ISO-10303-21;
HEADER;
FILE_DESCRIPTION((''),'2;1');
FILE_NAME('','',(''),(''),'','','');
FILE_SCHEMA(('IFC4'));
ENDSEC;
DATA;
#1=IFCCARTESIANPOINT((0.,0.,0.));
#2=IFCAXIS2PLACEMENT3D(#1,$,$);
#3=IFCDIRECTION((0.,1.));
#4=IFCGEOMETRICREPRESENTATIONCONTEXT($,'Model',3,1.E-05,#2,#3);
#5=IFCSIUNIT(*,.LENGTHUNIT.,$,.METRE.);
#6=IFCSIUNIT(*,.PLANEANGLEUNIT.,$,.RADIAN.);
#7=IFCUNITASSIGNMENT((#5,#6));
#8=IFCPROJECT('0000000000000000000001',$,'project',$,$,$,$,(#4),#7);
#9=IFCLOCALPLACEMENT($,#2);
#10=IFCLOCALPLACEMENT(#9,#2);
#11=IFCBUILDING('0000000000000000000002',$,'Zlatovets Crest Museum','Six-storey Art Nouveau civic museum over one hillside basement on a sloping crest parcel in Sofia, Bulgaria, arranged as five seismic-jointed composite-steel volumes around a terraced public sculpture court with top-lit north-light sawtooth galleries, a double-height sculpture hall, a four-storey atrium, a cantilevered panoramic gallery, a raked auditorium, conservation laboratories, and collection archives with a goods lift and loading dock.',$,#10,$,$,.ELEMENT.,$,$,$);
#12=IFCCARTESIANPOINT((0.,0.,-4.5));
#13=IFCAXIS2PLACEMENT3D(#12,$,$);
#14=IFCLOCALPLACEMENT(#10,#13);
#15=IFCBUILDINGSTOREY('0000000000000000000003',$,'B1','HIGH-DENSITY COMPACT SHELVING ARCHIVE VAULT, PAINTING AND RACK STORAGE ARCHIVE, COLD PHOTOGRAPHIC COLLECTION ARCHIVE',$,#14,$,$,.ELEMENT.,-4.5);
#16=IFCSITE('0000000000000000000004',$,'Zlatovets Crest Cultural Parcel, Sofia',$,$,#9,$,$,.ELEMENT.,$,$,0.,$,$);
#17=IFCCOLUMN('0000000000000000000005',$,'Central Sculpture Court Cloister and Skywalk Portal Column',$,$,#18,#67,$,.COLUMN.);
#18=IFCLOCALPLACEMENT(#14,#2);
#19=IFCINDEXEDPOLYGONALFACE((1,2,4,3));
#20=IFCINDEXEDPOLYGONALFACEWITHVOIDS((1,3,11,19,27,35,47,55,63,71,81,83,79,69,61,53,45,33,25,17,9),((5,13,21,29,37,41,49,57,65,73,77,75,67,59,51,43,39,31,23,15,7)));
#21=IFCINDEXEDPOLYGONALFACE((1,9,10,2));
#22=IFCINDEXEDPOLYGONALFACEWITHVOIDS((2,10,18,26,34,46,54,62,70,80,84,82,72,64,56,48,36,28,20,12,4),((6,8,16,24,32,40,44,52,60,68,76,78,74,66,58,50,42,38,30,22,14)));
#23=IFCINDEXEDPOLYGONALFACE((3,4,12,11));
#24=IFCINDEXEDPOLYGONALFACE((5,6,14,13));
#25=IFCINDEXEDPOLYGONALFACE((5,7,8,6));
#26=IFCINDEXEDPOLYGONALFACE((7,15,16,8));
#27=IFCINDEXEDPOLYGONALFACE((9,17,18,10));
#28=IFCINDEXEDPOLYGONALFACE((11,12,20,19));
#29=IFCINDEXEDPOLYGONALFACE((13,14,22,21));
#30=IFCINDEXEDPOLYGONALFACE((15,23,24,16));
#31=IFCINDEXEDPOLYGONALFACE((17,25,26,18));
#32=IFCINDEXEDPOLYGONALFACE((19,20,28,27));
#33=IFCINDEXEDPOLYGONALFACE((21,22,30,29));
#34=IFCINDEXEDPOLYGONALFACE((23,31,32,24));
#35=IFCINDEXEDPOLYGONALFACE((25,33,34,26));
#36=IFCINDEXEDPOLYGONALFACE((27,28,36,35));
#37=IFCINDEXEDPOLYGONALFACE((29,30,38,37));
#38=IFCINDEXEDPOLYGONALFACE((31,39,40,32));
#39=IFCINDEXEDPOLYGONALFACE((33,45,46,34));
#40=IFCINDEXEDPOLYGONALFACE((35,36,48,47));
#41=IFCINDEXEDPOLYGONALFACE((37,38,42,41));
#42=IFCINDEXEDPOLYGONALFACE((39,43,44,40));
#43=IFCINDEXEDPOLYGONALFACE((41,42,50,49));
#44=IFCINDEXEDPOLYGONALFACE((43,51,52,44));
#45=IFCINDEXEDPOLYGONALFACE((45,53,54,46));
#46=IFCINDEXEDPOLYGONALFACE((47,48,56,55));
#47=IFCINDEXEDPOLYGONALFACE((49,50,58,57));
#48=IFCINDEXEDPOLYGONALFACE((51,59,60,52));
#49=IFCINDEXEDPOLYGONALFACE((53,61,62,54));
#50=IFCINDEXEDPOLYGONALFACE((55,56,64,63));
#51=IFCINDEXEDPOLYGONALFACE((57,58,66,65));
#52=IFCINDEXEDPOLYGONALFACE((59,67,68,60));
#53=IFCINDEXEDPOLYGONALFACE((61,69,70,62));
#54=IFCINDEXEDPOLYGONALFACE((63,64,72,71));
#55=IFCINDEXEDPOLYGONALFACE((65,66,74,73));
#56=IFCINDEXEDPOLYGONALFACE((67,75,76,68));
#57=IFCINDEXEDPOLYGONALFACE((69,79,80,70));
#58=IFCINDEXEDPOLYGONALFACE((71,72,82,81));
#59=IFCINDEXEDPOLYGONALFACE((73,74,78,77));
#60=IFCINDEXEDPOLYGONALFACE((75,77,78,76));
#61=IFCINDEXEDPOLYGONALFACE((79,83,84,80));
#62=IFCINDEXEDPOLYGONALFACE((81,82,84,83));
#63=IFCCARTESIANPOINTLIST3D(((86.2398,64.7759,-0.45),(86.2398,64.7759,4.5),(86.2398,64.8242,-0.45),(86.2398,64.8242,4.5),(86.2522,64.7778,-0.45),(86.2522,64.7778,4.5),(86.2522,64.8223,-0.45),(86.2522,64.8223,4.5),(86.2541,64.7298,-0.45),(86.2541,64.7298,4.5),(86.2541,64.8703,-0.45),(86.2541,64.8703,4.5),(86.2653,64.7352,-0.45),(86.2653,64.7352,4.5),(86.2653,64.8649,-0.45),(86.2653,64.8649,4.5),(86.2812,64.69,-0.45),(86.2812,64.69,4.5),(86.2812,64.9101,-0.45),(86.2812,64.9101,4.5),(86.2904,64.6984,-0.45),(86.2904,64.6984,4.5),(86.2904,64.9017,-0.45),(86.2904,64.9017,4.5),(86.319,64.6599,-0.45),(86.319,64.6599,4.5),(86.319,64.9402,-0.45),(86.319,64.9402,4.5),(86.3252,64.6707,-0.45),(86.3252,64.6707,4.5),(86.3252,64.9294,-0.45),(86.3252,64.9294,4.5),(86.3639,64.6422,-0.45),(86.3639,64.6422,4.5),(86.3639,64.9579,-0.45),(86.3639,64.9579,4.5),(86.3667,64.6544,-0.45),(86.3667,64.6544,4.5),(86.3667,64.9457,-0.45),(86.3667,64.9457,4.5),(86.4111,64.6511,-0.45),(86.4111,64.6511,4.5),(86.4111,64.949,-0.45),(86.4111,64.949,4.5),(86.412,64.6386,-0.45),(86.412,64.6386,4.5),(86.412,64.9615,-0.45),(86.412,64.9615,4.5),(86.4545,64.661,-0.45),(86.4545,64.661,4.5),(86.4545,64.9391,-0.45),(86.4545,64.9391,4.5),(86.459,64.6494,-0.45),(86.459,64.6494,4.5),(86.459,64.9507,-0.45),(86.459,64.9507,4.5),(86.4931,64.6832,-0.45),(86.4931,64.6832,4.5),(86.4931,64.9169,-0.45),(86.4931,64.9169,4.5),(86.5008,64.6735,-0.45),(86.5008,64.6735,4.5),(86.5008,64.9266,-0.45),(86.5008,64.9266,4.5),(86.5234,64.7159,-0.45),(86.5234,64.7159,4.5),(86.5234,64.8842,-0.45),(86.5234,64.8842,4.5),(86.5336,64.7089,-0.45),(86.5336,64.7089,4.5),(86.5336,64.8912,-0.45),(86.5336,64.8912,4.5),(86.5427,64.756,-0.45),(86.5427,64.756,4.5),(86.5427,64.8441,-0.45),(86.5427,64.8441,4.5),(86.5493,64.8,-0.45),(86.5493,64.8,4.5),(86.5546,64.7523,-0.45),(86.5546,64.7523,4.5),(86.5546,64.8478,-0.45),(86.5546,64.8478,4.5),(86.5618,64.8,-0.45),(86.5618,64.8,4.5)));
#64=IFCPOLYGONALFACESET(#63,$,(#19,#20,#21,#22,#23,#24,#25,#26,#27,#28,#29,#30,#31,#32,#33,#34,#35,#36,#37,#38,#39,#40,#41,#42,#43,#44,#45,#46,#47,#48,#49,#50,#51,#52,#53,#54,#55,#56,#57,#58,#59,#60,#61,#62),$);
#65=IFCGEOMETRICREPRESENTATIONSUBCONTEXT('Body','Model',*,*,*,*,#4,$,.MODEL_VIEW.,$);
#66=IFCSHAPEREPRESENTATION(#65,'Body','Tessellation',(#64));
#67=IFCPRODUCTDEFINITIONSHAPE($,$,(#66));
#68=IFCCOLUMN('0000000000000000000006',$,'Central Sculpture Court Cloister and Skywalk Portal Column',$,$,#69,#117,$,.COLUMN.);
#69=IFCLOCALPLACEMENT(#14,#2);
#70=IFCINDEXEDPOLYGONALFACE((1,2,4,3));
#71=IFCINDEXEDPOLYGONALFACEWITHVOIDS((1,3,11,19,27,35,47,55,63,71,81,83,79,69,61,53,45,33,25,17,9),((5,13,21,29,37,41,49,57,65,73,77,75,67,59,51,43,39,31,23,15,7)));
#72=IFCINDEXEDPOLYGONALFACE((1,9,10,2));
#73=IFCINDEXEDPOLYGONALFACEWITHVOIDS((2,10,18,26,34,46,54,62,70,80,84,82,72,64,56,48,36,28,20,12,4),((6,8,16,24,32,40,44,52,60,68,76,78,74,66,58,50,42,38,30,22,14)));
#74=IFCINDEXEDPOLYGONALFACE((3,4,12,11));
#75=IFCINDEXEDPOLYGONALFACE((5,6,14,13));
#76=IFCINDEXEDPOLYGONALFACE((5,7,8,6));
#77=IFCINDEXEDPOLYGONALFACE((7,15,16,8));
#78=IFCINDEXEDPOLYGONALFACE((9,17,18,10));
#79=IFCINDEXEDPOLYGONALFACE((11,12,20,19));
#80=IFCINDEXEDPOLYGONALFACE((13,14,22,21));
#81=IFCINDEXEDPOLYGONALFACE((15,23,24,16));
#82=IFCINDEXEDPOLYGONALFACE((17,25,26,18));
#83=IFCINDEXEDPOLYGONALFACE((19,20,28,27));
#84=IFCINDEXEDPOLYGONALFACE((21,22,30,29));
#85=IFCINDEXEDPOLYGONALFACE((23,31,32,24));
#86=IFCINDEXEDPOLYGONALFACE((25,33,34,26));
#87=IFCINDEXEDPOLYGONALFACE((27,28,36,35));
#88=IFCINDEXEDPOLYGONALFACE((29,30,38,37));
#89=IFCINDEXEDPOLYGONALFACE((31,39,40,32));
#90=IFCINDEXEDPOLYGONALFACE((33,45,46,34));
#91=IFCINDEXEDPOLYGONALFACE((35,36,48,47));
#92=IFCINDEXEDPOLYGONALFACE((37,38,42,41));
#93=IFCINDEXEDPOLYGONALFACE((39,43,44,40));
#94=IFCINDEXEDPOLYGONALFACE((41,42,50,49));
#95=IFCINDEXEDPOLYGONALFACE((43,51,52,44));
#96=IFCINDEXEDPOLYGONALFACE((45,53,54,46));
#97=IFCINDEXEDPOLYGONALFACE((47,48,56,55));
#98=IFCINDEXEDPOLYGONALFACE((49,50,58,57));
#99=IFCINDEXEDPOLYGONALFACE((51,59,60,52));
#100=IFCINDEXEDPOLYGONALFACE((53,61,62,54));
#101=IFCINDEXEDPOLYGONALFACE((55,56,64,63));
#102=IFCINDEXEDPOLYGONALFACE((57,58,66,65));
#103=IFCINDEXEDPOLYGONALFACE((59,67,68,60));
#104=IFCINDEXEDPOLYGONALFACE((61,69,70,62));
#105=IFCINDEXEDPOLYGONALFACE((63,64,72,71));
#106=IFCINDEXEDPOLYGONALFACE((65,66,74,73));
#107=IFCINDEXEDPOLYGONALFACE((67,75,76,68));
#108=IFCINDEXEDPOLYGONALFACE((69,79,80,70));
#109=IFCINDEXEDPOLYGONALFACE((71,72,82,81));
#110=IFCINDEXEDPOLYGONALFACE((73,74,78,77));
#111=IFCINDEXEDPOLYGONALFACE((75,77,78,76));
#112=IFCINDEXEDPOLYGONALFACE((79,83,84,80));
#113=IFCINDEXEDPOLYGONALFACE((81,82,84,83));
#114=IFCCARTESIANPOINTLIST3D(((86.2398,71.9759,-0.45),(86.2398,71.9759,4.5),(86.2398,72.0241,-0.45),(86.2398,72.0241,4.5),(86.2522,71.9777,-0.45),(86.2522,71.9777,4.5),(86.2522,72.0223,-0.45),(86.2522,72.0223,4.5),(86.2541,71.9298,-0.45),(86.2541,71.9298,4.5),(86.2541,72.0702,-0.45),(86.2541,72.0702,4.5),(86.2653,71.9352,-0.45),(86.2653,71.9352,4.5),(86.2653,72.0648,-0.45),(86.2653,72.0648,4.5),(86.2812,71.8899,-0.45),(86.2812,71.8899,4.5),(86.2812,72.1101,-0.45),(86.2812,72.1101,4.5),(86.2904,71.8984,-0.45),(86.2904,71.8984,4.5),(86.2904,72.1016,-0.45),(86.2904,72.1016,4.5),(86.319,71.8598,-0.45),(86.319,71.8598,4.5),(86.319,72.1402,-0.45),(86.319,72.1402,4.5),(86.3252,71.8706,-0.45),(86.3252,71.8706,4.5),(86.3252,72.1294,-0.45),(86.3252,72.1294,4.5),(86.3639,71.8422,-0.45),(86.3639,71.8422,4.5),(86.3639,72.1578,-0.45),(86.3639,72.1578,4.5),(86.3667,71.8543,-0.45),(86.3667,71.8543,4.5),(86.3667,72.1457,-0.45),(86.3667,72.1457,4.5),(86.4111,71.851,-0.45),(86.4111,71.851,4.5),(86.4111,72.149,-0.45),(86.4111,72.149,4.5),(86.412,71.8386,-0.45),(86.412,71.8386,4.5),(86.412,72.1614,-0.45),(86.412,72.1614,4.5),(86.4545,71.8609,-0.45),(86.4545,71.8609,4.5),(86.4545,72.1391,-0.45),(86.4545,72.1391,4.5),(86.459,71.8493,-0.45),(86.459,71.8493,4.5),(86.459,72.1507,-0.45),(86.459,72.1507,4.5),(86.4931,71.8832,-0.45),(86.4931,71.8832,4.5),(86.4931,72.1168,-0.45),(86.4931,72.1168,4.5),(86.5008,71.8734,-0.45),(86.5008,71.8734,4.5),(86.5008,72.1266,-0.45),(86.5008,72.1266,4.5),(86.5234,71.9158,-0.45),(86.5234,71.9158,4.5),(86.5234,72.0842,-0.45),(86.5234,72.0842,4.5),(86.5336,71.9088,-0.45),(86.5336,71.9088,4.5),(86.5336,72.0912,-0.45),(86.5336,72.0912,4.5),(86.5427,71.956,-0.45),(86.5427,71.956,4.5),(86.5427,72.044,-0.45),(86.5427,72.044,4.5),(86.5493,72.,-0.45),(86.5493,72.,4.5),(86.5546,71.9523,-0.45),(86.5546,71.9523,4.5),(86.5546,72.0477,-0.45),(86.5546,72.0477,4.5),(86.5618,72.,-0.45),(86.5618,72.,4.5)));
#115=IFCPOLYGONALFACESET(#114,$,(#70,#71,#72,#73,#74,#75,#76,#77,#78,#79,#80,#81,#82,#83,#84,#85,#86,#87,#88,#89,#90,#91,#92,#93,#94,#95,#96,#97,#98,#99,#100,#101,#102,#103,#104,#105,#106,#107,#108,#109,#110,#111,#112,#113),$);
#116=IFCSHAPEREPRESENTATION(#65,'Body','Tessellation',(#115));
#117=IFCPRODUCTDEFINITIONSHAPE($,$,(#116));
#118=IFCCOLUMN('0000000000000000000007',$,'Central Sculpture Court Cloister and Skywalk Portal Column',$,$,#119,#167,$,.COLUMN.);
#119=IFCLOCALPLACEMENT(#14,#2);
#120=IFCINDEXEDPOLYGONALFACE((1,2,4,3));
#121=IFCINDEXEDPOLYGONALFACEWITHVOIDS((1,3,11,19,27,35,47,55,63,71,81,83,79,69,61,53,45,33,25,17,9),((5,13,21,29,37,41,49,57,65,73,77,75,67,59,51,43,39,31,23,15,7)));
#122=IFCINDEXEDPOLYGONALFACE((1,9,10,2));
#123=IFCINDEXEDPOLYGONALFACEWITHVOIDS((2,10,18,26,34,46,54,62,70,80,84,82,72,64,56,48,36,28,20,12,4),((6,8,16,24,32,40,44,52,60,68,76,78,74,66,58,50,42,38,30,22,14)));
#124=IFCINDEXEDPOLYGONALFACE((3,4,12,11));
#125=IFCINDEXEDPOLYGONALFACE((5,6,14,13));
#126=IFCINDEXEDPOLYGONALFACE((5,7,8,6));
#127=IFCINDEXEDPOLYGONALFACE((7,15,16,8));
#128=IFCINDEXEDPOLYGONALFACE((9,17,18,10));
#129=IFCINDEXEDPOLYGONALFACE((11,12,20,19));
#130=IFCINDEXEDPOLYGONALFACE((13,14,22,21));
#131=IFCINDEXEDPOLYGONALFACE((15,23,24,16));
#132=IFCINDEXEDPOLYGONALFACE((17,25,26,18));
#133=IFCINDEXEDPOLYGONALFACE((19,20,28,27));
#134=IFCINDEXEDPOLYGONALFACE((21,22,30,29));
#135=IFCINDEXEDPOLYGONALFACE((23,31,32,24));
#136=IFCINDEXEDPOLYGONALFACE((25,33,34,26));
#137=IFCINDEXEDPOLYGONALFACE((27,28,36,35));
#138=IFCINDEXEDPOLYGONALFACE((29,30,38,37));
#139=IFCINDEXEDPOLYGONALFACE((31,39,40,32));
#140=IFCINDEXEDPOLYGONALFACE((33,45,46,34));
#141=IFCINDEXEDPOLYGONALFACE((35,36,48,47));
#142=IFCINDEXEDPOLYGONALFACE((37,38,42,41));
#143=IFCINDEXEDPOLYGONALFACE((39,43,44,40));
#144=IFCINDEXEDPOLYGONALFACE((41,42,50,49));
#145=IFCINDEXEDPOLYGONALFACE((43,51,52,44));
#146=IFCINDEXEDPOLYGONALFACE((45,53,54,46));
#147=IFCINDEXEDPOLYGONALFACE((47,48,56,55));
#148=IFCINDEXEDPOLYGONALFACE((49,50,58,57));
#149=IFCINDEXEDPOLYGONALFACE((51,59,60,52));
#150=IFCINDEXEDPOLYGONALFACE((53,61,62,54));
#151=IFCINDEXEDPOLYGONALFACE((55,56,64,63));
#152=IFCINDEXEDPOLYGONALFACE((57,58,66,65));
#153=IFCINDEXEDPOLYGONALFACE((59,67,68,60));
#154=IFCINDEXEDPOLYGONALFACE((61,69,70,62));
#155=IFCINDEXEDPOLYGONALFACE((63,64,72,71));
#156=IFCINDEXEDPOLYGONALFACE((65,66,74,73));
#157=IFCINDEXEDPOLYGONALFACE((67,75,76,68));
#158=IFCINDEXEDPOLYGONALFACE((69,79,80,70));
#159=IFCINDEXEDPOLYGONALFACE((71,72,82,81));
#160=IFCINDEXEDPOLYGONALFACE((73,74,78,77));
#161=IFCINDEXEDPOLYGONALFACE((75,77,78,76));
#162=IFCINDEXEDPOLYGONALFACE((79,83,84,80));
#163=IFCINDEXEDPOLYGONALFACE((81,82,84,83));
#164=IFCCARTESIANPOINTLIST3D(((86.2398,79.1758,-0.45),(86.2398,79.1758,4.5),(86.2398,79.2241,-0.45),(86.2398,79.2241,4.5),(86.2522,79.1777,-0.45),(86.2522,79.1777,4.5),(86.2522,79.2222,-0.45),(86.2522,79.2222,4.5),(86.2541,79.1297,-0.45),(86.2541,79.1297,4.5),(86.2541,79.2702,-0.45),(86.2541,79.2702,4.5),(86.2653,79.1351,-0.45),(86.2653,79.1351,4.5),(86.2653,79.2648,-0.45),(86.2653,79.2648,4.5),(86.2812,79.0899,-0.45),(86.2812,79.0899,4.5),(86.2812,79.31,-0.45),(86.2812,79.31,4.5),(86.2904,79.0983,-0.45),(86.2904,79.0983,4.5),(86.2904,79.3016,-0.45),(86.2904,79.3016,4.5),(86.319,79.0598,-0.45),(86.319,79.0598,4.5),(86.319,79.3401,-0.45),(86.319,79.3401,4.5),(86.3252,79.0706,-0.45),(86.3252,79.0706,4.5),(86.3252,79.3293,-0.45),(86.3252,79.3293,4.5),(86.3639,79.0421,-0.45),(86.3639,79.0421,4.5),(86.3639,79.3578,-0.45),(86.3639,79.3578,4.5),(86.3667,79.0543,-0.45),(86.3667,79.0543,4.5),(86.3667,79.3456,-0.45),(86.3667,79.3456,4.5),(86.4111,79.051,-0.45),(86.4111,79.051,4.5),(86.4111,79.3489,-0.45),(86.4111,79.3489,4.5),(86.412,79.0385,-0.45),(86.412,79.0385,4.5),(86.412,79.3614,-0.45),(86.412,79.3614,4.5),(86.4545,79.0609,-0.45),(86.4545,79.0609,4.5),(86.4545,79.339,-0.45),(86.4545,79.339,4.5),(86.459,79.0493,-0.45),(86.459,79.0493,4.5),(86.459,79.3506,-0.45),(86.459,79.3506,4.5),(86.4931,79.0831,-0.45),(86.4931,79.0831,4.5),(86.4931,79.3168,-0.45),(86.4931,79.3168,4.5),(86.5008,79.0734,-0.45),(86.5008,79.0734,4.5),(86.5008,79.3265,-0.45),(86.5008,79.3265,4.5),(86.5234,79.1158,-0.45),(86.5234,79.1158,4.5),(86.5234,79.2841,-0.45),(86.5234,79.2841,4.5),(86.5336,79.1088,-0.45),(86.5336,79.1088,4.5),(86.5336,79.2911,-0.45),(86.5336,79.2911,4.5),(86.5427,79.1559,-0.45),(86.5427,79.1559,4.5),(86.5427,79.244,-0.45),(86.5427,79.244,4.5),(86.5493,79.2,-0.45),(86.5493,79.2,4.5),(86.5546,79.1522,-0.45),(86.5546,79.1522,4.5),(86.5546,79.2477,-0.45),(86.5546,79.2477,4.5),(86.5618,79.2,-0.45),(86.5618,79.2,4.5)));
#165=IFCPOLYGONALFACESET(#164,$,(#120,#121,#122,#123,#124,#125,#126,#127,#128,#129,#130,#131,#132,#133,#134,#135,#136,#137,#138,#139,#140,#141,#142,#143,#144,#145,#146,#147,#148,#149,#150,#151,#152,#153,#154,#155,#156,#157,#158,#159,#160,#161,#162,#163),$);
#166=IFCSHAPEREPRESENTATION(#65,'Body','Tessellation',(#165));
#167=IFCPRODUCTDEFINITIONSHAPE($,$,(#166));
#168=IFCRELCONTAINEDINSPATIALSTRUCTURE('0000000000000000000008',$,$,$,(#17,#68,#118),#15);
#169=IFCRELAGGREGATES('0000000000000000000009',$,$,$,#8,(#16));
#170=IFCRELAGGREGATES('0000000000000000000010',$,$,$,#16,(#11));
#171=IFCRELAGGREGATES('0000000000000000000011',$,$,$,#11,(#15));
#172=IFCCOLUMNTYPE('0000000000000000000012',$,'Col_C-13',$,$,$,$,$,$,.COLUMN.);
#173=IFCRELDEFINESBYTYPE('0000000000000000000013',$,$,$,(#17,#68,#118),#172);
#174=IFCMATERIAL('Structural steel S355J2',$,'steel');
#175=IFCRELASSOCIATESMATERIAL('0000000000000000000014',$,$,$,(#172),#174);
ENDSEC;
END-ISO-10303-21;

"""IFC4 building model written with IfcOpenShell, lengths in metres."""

from ifc_helpers import new_model, si_unit, direction, frame, origin, origin_2d, place, context, subcontext, project, spatial, hollow_circle, extrude, material, material_profile, profile_set, type_object, element, save


model = new_model("IFC4")

# Units and contexts
model_context = context("Model", 3, precision=1e-05, world=origin(), true_north=direction((0.0, 1.0)))
body_context = subcontext(model_context, "Body", "Model", "MODEL_VIEW")
ifc_project = project(units=[si_unit("LENGTHUNIT", "METRE"), si_unit("PLANEANGLEUNIT", "RADIAN")], contexts=[model_context])

# Site, building, storey
site_placement = place(None, origin())
site = spatial("IfcSite", under=ifc_project, at=site_placement, Name="Zlatovets Crest Cultural Parcel, Sofia", CompositionType="ELEMENT", RefElevation=0.0)
building_placement = place(site_placement, origin())
building = spatial("IfcBuilding", under=site, at=building_placement, Name="Zlatovets Crest Museum", Description="Six-storey Art Nouveau civic museum over one hillside basement on a sloping crest parcel in Sofia, Bulgaria, arranged as five seismic-jointed composite-steel volumes around a terraced public sculpture court with top-lit north-light sawtooth galleries, a double-height sculpture hall, a four-storey atrium, a cantilevered panoramic gallery, a raked auditorium, conservation laboratories, and collection archives with a goods lift and loading dock.", CompositionType="ELEMENT")
storey_placement = place(building_placement, frame((0.0, 0.0, -4.5)))
storey = spatial("IfcBuildingStorey", under=building, at=storey_placement, Name="B1", Description="HIGH-DENSITY COMPACT SHELVING ARCHIVE VAULT, PAINTING AND RACK STORAGE ARCHIVE, COLD PHOTOGRAPHIC COLLECTION ARCHIVE", CompositionType="ELEMENT", Elevation=-4.5)

# Columns
ifc_material_1 = material(Name="Structural steel S355J2", Category="steel")
ifc_material_profile_1 = material_profile(ifc_material_1, hollow_circle(Radius=0.1619, WallThickness=0.0125, at=origin_2d()), Name="CHS 323.9x12.5")
ifc_profile_set_1 = profile_set([ifc_material_profile_1], Name="Structural steel S355J2")
column_type = type_object("IfcColumnType", Name="Col_C-13", PredefinedType="COLUMN", material=ifc_profile_set_1)
for number, where, z_axis, x_axis, name in (
    (1, (86.3999, 64.8, -0.45), (0.0, 0.0, 1.0), (1.0, 0.0, 0.0), "Central Sculpture Court Cloister and Skywalk Portal Column"),
    (2, (86.3999, 72.0, -0.45), (0.0, 0.0, 1.0), (1.0, 0.0, 0.0), "Central Sculpture Court Cloister and Skywalk Portal Column"),
    (3, (86.3999, 79.2, -0.45), (0.0, 0.0, 1.0), (1.0, 0.0, 0.0), "Central Sculpture Court Cloister and Skywalk Portal Column"),
):
    element("IfcColumn", number, at=place(storey_placement, frame(where, z_axis=z_axis, x_axis=x_axis)), inside=storey, type_object=column_type, Name=name, PredefinedType="COLUMN", context=body_context, shape_type="SweptSolid", body=[
        extrude(hollow_circle(Radius=0.1619, WallThickness=0.0125, at=origin_2d()), origin(), (0.0, 0.0, 1.0), 4.95),
    ])

save(model, "model.ifc")
